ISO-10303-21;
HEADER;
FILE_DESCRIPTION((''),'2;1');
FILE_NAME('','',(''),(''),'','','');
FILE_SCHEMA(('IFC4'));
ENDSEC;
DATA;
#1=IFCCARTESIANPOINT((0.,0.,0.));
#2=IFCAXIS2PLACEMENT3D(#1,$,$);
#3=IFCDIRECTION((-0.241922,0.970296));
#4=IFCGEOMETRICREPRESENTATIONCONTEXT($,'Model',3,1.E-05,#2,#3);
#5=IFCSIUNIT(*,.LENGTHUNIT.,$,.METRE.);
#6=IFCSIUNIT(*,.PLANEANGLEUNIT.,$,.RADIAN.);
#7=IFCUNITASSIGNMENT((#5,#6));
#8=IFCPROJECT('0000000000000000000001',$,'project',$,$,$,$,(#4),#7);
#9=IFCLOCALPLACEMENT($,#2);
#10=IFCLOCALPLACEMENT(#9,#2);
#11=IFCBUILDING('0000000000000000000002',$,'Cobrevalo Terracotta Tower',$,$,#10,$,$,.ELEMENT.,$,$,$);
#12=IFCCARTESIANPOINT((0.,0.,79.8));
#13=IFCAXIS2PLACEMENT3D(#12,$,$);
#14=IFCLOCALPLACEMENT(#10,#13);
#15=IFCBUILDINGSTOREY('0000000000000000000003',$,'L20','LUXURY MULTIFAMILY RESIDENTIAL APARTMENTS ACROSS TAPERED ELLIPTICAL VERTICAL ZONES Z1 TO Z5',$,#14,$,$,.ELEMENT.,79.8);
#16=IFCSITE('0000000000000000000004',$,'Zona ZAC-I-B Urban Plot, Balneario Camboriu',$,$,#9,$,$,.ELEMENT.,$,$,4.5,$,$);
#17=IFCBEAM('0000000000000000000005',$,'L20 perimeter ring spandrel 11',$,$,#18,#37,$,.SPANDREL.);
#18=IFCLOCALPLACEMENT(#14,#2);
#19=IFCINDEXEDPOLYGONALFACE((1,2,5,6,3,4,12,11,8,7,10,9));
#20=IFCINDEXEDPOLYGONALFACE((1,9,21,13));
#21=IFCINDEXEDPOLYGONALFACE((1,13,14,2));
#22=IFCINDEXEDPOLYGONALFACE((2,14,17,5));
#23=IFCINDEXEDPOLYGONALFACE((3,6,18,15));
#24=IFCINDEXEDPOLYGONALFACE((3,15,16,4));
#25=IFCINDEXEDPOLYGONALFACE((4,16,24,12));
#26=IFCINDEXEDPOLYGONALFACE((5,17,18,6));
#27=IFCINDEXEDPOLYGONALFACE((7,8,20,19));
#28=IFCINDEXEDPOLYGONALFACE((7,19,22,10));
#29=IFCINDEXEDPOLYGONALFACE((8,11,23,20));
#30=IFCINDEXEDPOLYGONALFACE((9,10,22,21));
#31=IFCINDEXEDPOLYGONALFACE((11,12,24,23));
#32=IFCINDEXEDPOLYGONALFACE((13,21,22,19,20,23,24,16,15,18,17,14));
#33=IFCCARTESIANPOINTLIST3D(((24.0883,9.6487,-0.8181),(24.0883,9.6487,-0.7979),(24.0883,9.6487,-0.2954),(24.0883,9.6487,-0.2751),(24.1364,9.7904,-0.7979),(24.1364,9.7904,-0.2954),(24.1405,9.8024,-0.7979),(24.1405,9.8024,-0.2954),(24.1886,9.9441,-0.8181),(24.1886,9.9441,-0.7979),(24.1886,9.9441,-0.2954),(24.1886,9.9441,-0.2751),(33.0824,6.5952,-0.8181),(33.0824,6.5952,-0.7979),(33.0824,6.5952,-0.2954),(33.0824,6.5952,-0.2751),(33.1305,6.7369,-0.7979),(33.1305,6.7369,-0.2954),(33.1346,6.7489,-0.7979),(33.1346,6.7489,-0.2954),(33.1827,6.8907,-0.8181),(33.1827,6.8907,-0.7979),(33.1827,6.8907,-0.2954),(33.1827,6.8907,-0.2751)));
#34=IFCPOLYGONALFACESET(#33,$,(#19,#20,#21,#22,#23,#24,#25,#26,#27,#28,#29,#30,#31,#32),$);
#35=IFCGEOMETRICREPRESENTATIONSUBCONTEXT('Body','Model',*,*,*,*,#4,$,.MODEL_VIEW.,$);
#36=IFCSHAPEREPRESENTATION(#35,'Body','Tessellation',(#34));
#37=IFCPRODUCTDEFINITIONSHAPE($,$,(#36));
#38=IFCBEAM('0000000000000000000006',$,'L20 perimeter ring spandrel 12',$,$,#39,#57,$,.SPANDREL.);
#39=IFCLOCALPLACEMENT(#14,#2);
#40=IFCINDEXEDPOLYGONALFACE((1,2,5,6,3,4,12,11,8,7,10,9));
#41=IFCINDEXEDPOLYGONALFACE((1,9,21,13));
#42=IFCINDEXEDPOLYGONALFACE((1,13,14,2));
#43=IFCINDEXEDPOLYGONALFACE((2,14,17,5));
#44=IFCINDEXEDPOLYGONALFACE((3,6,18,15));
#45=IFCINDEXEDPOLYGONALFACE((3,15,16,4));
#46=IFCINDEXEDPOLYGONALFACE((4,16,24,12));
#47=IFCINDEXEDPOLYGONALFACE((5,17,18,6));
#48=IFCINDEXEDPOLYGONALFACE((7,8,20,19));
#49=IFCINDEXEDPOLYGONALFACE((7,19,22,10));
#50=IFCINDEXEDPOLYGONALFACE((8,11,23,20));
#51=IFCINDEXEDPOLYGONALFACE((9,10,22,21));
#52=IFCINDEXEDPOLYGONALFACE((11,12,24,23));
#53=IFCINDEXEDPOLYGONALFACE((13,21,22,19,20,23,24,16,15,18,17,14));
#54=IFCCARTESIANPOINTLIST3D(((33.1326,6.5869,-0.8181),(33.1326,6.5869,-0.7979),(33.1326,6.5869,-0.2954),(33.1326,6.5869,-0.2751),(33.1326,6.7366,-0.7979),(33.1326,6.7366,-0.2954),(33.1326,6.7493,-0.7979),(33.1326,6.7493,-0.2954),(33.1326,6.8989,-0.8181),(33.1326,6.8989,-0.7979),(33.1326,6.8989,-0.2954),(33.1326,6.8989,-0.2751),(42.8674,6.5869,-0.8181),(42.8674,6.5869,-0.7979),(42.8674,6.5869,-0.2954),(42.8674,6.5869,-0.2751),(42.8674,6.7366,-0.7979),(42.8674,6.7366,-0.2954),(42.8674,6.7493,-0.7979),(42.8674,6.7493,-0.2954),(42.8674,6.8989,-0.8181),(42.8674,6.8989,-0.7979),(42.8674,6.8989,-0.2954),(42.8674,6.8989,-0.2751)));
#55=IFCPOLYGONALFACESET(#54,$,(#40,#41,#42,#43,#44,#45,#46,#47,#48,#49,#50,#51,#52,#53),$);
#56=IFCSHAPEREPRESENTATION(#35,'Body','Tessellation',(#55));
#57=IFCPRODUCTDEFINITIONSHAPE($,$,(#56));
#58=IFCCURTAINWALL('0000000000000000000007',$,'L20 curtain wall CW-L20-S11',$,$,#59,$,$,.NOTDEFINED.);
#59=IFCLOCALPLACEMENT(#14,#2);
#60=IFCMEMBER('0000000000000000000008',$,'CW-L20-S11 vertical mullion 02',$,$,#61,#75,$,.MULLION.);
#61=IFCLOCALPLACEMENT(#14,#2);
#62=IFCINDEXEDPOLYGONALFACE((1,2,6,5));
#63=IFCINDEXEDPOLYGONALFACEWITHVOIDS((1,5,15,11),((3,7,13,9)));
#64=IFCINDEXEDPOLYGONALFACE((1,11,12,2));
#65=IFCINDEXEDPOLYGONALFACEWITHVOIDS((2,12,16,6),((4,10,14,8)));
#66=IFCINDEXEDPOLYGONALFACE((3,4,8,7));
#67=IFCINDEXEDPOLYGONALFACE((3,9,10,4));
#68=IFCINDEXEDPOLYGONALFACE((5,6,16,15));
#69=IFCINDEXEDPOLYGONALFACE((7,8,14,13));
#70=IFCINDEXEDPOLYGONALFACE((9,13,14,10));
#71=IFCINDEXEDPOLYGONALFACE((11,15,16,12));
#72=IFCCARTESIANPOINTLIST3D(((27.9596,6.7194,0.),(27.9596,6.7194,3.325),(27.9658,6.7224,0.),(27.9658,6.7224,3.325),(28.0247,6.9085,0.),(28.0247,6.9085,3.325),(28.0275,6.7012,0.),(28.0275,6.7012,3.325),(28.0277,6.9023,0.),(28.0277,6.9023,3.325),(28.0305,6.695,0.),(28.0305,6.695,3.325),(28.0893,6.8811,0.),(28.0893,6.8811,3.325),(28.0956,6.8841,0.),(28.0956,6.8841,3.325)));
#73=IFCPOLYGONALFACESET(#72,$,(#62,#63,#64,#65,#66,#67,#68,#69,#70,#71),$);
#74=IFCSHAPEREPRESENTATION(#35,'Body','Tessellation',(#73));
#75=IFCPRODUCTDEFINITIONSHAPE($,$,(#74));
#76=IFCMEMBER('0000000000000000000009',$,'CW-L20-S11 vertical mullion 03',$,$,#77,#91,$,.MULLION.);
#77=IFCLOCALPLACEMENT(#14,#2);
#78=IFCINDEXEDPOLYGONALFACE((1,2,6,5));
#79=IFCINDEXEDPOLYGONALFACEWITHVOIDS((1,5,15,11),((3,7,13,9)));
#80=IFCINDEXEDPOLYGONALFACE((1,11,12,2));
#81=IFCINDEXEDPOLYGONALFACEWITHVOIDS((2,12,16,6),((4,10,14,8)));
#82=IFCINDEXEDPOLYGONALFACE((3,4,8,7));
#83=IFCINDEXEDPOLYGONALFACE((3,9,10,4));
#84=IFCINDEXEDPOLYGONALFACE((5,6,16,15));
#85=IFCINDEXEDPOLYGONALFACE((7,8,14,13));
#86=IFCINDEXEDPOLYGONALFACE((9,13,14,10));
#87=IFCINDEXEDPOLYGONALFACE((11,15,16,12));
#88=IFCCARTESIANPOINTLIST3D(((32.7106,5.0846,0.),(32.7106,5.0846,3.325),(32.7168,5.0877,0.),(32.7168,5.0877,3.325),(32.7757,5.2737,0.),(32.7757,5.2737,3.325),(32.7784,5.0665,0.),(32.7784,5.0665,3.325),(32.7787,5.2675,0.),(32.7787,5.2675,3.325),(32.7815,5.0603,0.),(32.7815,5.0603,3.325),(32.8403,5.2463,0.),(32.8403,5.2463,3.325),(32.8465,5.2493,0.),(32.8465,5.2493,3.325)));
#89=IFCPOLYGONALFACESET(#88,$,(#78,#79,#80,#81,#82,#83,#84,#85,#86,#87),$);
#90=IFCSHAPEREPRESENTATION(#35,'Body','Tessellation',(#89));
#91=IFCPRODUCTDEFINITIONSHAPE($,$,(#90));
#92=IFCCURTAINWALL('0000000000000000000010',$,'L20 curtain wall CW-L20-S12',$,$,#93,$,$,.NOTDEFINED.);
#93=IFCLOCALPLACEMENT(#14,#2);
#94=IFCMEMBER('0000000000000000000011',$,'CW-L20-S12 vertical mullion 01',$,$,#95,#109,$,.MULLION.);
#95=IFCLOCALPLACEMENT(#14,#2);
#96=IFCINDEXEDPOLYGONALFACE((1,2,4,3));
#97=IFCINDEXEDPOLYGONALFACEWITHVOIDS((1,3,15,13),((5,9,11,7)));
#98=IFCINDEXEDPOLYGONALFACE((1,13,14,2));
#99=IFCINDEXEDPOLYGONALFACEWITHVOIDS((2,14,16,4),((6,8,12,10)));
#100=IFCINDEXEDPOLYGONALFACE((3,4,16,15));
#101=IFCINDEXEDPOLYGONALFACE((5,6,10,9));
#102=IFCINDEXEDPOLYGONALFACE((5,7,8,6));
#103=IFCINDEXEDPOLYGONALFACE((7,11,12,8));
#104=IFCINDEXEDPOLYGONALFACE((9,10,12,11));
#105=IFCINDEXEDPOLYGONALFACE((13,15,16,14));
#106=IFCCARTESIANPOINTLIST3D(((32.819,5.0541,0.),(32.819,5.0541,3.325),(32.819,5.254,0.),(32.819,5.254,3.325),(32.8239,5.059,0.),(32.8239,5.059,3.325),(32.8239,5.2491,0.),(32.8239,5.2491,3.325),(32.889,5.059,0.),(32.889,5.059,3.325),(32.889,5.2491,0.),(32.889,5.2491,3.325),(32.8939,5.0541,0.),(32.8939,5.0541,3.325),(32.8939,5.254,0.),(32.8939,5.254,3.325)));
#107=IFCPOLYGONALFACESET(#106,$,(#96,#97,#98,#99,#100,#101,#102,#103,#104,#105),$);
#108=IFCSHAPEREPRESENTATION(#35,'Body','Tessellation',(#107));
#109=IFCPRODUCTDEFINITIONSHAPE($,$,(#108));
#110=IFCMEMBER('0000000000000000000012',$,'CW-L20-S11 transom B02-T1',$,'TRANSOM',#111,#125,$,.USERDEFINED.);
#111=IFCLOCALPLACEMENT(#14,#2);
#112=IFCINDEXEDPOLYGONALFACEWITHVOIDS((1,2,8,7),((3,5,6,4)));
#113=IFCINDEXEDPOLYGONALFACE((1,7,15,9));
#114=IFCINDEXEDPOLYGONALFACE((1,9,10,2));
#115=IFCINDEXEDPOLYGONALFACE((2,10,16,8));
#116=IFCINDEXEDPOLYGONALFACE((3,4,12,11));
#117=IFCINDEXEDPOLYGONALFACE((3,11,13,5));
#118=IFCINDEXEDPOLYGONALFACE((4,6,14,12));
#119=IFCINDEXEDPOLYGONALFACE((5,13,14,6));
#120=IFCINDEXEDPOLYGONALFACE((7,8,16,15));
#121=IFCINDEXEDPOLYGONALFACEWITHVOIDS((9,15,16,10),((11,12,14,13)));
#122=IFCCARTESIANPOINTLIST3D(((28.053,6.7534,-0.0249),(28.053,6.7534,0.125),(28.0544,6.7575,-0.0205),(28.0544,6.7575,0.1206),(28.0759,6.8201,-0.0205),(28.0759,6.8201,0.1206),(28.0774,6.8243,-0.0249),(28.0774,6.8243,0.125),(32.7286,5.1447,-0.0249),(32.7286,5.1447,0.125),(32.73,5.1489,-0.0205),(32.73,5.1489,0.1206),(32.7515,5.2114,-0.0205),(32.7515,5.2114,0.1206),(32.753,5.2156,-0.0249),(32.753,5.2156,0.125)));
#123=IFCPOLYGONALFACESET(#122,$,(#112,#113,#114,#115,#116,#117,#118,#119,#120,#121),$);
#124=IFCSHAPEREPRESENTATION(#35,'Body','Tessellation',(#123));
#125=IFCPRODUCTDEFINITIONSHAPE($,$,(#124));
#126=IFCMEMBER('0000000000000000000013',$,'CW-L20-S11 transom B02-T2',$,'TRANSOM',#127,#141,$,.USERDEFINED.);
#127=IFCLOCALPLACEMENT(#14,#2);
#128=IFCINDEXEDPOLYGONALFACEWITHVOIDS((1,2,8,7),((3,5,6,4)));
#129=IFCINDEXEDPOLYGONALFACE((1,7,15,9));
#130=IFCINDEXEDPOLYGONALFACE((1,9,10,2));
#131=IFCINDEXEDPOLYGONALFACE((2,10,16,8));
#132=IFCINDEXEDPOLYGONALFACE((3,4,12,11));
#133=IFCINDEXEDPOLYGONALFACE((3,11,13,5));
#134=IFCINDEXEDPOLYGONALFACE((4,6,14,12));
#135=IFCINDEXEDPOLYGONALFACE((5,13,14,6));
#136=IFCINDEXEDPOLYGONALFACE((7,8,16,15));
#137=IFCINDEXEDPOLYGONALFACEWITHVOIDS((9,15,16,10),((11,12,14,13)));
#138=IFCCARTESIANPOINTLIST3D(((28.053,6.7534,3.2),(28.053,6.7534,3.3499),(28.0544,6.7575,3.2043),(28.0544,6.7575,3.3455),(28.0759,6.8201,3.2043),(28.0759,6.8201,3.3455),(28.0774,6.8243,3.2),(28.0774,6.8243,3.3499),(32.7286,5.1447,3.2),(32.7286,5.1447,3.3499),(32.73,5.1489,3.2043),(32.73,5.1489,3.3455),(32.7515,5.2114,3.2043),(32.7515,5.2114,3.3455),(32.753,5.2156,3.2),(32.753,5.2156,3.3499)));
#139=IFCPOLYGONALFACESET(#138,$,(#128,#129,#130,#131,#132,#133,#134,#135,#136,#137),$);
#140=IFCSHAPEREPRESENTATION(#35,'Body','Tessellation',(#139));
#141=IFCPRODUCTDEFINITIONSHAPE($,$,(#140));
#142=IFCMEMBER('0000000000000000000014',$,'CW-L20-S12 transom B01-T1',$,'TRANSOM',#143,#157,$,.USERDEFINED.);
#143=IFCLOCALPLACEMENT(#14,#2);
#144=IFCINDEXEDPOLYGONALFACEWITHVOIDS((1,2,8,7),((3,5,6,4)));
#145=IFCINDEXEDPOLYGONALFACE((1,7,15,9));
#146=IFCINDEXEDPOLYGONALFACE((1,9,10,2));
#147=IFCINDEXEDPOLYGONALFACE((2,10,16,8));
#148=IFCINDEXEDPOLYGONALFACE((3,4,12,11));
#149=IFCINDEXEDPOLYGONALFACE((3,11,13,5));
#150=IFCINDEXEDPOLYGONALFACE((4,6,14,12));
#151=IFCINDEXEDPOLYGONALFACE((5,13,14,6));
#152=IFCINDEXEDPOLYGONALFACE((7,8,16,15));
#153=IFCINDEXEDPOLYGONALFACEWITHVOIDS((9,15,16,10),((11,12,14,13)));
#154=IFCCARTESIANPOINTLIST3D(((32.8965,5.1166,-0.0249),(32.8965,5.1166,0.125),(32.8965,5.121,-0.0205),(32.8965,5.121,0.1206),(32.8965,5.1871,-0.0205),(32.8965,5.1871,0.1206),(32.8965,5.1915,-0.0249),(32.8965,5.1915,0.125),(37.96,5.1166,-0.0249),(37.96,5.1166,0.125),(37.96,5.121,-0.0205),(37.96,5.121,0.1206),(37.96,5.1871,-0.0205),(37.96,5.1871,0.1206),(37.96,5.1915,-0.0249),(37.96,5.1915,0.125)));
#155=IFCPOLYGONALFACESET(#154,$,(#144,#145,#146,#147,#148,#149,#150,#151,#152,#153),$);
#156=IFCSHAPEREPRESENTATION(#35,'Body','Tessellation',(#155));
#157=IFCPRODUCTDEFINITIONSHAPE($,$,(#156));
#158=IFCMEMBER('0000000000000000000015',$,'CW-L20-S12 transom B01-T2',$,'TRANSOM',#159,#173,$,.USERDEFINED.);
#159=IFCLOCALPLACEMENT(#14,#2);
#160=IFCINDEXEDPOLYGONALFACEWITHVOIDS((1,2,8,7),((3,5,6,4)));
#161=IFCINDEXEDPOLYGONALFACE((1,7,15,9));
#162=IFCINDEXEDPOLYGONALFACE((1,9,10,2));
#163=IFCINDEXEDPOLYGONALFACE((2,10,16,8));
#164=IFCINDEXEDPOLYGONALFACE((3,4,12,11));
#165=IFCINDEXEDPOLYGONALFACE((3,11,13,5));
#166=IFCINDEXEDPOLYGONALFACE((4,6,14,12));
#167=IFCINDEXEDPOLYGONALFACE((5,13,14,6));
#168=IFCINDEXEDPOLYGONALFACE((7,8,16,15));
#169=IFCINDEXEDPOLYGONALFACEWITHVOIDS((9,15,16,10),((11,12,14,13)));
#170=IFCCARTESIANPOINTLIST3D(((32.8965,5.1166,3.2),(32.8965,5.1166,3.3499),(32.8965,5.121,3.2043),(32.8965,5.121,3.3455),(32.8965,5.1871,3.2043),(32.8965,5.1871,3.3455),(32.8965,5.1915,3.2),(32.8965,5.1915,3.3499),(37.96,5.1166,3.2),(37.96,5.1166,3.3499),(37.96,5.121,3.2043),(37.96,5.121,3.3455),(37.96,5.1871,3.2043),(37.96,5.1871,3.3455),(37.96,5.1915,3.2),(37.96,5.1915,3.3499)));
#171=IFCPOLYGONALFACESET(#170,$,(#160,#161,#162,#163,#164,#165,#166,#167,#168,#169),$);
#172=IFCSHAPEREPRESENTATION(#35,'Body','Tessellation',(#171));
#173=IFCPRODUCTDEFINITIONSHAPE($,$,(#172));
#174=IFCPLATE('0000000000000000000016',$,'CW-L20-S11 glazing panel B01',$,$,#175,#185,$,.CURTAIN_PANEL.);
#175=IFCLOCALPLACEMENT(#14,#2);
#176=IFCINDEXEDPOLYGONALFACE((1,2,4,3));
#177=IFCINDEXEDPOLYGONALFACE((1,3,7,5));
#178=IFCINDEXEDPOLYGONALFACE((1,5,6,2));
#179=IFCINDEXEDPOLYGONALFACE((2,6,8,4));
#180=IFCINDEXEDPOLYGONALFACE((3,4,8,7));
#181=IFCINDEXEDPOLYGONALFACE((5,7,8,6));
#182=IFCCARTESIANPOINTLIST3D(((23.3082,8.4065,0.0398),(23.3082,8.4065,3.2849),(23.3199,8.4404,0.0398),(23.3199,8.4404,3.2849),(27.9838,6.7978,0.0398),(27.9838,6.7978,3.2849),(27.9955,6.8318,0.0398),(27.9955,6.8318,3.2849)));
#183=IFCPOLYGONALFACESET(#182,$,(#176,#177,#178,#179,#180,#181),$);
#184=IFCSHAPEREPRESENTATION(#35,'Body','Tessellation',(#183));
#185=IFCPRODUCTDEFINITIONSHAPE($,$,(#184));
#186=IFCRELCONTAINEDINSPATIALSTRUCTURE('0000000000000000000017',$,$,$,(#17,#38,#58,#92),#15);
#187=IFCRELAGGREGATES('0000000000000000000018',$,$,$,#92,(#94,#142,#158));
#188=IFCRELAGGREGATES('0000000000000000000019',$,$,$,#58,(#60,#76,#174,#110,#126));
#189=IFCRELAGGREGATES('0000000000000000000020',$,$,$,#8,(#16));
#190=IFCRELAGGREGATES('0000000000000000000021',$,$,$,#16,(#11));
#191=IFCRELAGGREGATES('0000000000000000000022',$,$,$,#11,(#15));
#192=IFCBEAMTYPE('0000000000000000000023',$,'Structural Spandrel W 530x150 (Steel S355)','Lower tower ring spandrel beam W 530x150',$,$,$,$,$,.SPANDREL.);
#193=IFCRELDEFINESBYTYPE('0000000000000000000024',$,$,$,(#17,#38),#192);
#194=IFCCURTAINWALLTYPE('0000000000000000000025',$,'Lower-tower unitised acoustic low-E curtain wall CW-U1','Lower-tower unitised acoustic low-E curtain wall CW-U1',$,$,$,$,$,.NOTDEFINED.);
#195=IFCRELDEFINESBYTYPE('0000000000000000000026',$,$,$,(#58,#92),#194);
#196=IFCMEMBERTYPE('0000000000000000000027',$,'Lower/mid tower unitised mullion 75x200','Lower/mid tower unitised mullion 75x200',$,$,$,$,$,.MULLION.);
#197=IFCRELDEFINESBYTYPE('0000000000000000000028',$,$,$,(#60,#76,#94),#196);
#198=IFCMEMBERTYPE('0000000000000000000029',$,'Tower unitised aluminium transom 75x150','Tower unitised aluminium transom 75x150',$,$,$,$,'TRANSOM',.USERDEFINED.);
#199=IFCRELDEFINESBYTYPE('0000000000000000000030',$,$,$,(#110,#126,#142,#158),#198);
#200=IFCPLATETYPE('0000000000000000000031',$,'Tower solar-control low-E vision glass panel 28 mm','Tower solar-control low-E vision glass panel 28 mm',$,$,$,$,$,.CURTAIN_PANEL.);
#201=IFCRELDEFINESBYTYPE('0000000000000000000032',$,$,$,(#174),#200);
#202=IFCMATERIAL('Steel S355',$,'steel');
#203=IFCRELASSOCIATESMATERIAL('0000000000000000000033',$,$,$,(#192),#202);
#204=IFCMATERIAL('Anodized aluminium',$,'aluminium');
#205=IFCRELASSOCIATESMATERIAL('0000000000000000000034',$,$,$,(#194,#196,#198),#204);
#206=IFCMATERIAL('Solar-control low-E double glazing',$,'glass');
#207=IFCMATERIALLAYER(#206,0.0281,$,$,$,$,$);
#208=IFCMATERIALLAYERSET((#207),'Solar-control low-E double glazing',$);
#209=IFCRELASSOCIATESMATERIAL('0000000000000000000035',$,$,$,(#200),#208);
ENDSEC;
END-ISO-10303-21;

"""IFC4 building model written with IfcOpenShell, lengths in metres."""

from ifc_helpers import new_model, si_unit, direction, frame, origin, origin_2d, place, context, subcontext, project, spatial, rectangle, hollow_rectangle, i_section, extrude, source, transform, mapped, material, layer, layer_set, material_profile, profile_set, type_object, element, aggregate, save


model = new_model("IFC4")

# Units and contexts
model_context = context("Model", 3, precision=1e-05, world=origin(), true_north=direction((-0.241922, 0.970296)))
body_context = subcontext(model_context, "Body", "Model", "MODEL_VIEW")
ifc_project = project(units=[si_unit("LENGTHUNIT", "METRE"), si_unit("PLANEANGLEUNIT", "RADIAN")], contexts=[model_context])

# Site, building, storey
site_placement = place(None, origin())
site = spatial("IfcSite", under=ifc_project, at=site_placement, Name="Zona ZAC-I-B Urban Plot, Balneario Camboriu", CompositionType="ELEMENT", RefElevation=4.5)
building_placement = place(site_placement, origin())
building = spatial("IfcBuilding", under=site, at=building_placement, Name="Cobrevalo Terracotta Tower", CompositionType="ELEMENT")
storey_placement = place(building_placement, frame((0.0, 0.0, 79.8)))
storey = spatial("IfcBuildingStorey", under=building, at=storey_placement, Name="L20", Description="LUXURY MULTIFAMILY RESIDENTIAL APARTMENTS ACROSS TAPERED ELLIPTICAL VERTICAL ZONES Z1 TO Z5", CompositionType="ELEMENT", Elevation=79.8)

# Shared definitions
ifc_material_1 = material(Name="Steel S355", Category="steel")

# Beams
ifc_material_profile_1 = material_profile(ifc_material_1, i_section(OverallWidth=0.312, OverallDepth=0.543, WebThickness=0.0127, FlangeThickness=0.0203, at=origin_2d()), Name="W 530x150")
ifc_profile_set_1 = profile_set([ifc_material_profile_1], Name="Steel S355")
beam_type_1 = type_object("IfcBeamType", Name="Structural Spandrel W 530x150 (Steel S355)", Description="Lower tower ring spandrel beam W 530x150", PredefinedType="SPANDREL", material=ifc_profile_set_1)
beam_1_placement = place(storey_placement, frame((24.1384, 9.7964, -0.5466), z_axis=(0.946918, -0.321474, 0.0), x_axis=(0.321474, 0.946918, 0.0)))
element("IfcBeam", 1, at=beam_1_placement, inside=storey, type_object=beam_type_1, Name="L20 perimeter ring spandrel 11", PredefinedType="SPANDREL", context=body_context, shape_type="SweptSolid", body=[
    extrude(i_section(OverallWidth=0.312, OverallDepth=0.543, WebThickness=0.0127, FlangeThickness=0.0203, at=origin_2d()), origin(), (0.0, 0.0, 1.0), 9.4983),
])
beam_2_placement = place(storey_placement, frame((33.1326, 6.7429, -0.5466), z_axis=(1.0, 0.0, 0.0), x_axis=(0.0, 1.0, 0.0)))
element("IfcBeam", 2, at=beam_2_placement, inside=storey, type_object=beam_type_1, Name="L20 perimeter ring spandrel 12", PredefinedType="SPANDREL", context=body_context, shape_type="SweptSolid", body=[
    extrude(i_section(OverallWidth=0.312, OverallDepth=0.543, WebThickness=0.0127, FlangeThickness=0.0203, at=origin_2d()), origin(), (0.0, 0.0, 1.0), 9.7349),
])

# Curtain wall, members
ifc_material_2 = material(Name="Anodized aluminium", Category="aluminium")
curtain_wall_type = type_object("IfcCurtainWallType", Name="Lower-tower unitised acoustic low-E curtain wall CW-U1", Description="Lower-tower unitised acoustic low-E curtain wall CW-U1", PredefinedType="NOTDEFINED", material=ifc_material_2)
curtain_wall_1_placement = place(storey_placement, origin())
curtain_wall_1 = element("IfcCurtainWall", 3, at=curtain_wall_1_placement, inside=storey, type_object=curtain_wall_type, Name="L20 curtain wall CW-L20-S11", PredefinedType="NOTDEFINED")
ifc_material_profile_2 = material_profile(ifc_material_2, hollow_rectangle(XDim=0.075, YDim=0.2, WallThickness=0.0049, at=origin_2d()), Name="CWM 75x200")
ifc_profile_set_2 = profile_set([ifc_material_profile_2], Name="Anodized aluminium")
member_type_1 = type_object("IfcMemberType", Name="Lower/mid tower unitised mullion 75x200", Description="Lower/mid tower unitised mullion 75x200", PredefinedType="MULLION", material=ifc_profile_set_2)
shared_shape_1 = source(origin(), body_context, "Body", "SweptSolid", [
    extrude(hollow_rectangle(XDim=0.075, YDim=0.2, WallThickness=0.0049, at=origin_2d()), origin(), (0.0, 0.0, 1.0), 3.325),
])
member_1_placement = place(storey_placement, frame((28.0276, 6.8018, 0.0), z_axis=(0.0, 0.0, 1.0), x_axis=(0.945598, -0.325337, 0.0)))
member_1 = element("IfcMember", 4, at=member_1_placement, type_object=member_type_1, Name="CW-L20-S11 vertical mullion 02", PredefinedType="MULLION", context=body_context, shape_type="MappedRepresentation", body=[
    mapped(shared_shape_1, transform((0.0, 0.0, 0.0), scale=1.0)),
])
member_2_placement = place(storey_placement, frame((32.7786, 5.167, 0.0), z_axis=(0.0, 0.0, 1.0), x_axis=(0.945598, -0.325337, 0.0)))
member_2 = element("IfcMember", 5, at=member_2_placement, type_object=member_type_1, Name="CW-L20-S11 vertical mullion 03", PredefinedType="MULLION", context=body_context, shape_type="MappedRepresentation", body=[
    mapped(shared_shape_1, transform((0.0, 0.0, 0.0), scale=1.0)),
])

# Curtain wall, member
curtain_wall_2_placement = place(storey_placement, origin())
curtain_wall_2 = element("IfcCurtainWall", 6, at=curtain_wall_2_placement, inside=storey, type_object=curtain_wall_type, Name="L20 curtain wall CW-L20-S12", PredefinedType="NOTDEFINED")
member_3_placement = place(storey_placement, frame((32.8564, 5.1541, 0.0), z_axis=(0.0, 0.0, 1.0), x_axis=(1.0, 0.0, 0.0)))
member_3 = element("IfcMember", 7, at=member_3_placement, type_object=member_type_1, Name="CW-L20-S12 vertical mullion 01", PredefinedType="MULLION", context=body_context, shape_type="MappedRepresentation", body=[
    mapped(shared_shape_1, transform((0.0, 0.0, 0.0), scale=1.0)),
])

# Members
ifc_material_profile_3 = material_profile(ifc_material_2, hollow_rectangle(XDim=0.075, YDim=0.1499, WallThickness=0.0044, at=origin_2d()), Name="CWT 75x150")
ifc_profile_set_3 = profile_set([ifc_material_profile_3], Name="Anodized aluminium")
member_type_2 = type_object("IfcMemberType", Name="Tower unitised aluminium transom 75x150", Description="Tower unitised aluminium transom 75x150", ElementType="TRANSOM", PredefinedType="USERDEFINED", material=ifc_profile_set_3)
shared_shape_2 = source(origin(), body_context, "Body", "SweptSolid", [
    extrude(hollow_rectangle(XDim=0.075, YDim=0.1499, WallThickness=0.0044, at=origin_2d()), origin(), (0.0, 0.0, 1.0), 4.9446),
])
member_4_placement = place(storey_placement, frame((28.0652, 6.7888, 0.05), z_axis=(0.945598, -0.325338, 0.0), x_axis=(0.325338, 0.945598, 0.0)))
member_4 = element("IfcMember", 8, at=member_4_placement, type_object=member_type_2, Name="CW-L20-S11 transom B02-T1", ObjectType="TRANSOM", PredefinedType="USERDEFINED", context=body_context, shape_type="MappedRepresentation", body=[
    mapped(shared_shape_2, transform((0.0, 0.0, 0.0), scale=1.0)),
])
member_5_placement = place(storey_placement, frame((28.0652, 6.7888, 3.2749), z_axis=(0.945598, -0.325338, 0.0), x_axis=(0.325338, 0.945598, 0.0)))
member_5 = element("IfcMember", 9, at=member_5_placement, type_object=member_type_2, Name="CW-L20-S11 transom B02-T2", ObjectType="TRANSOM", PredefinedType="USERDEFINED", context=body_context, shape_type="MappedRepresentation", body=[
    mapped(shared_shape_2, transform((0.0, 0.0, 0.0), scale=1.0)),
])
shared_shape_3 = source(origin(), body_context, "Body", "SweptSolid", [
    extrude(hollow_rectangle(XDim=0.075, YDim=0.1499, WallThickness=0.0044, at=origin_2d()), origin(), (0.0, 0.0, 1.0), 5.0635),
])
member_6_placement = place(storey_placement, frame((32.8965, 5.1541, 0.05), z_axis=(1.0, 0.0, 0.0), x_axis=(0.0, 1.0, 0.0)))
member_6 = element("IfcMember", 10, at=member_6_placement, type_object=member_type_2, Name="CW-L20-S12 transom B01-T1", ObjectType="TRANSOM", PredefinedType="USERDEFINED", context=body_context, shape_type="MappedRepresentation", body=[
    mapped(shared_shape_3, transform((0.0, 0.0, 0.0), scale=1.0)),
])
member_7_placement = place(storey_placement, frame((32.8965, 5.1541, 3.2749), z_axis=(1.0, 0.0, 0.0), x_axis=(0.0, 1.0, 0.0)))
member_7 = element("IfcMember", 11, at=member_7_placement, type_object=member_type_2, Name="CW-L20-S12 transom B01-T2", ObjectType="TRANSOM", PredefinedType="USERDEFINED", context=body_context, shape_type="MappedRepresentation", body=[
    mapped(shared_shape_3, transform((0.0, 0.0, 0.0), scale=1.0)),
])
aggregate(curtain_wall_2, [member_3, member_6, member_7])

# Plate
ifc_material_3 = material(Name="Solar-control low-E double glazing", Category="glass")
ifc_layer_1 = layer(ifc_material_3, 0.0281)
ifc_layer_set_1 = layer_set([ifc_layer_1], Name="Solar-control low-E double glazing")
plate_type = type_object("IfcPlateType", Name="Tower solar-control low-E vision glass panel 28 mm", Description="Tower solar-control low-E vision glass panel 28 mm", PredefinedType="CURTAIN_PANEL", material=ifc_layer_set_1)
shared_shape_4 = source(origin(), body_context, "Body", "SweptSolid", [
    extrude(rectangle(XDim=4.9446, YDim=0.0359, at=origin_2d()), origin(), (0.0, 0.0, 1.0), 3.2451),
])
plate_1_placement = place(storey_placement, frame((25.6519, 7.6191, 0.0398), z_axis=(0.0, 0.0, 1.0), x_axis=(0.945596, -0.325342, 0.0)))
plate_1 = element("IfcPlate", 12, at=plate_1_placement, type_object=plate_type, Name="CW-L20-S11 glazing panel B01", PredefinedType="CURTAIN_PANEL", context=body_context, shape_type="MappedRepresentation", body=[
    mapped(shared_shape_4, transform((0.0, 0.0, 0.0), scale=1.0)),
])
aggregate(curtain_wall_1, [member_1, member_2, plate_1, member_4, member_5])

save(model, "model.ifc")
